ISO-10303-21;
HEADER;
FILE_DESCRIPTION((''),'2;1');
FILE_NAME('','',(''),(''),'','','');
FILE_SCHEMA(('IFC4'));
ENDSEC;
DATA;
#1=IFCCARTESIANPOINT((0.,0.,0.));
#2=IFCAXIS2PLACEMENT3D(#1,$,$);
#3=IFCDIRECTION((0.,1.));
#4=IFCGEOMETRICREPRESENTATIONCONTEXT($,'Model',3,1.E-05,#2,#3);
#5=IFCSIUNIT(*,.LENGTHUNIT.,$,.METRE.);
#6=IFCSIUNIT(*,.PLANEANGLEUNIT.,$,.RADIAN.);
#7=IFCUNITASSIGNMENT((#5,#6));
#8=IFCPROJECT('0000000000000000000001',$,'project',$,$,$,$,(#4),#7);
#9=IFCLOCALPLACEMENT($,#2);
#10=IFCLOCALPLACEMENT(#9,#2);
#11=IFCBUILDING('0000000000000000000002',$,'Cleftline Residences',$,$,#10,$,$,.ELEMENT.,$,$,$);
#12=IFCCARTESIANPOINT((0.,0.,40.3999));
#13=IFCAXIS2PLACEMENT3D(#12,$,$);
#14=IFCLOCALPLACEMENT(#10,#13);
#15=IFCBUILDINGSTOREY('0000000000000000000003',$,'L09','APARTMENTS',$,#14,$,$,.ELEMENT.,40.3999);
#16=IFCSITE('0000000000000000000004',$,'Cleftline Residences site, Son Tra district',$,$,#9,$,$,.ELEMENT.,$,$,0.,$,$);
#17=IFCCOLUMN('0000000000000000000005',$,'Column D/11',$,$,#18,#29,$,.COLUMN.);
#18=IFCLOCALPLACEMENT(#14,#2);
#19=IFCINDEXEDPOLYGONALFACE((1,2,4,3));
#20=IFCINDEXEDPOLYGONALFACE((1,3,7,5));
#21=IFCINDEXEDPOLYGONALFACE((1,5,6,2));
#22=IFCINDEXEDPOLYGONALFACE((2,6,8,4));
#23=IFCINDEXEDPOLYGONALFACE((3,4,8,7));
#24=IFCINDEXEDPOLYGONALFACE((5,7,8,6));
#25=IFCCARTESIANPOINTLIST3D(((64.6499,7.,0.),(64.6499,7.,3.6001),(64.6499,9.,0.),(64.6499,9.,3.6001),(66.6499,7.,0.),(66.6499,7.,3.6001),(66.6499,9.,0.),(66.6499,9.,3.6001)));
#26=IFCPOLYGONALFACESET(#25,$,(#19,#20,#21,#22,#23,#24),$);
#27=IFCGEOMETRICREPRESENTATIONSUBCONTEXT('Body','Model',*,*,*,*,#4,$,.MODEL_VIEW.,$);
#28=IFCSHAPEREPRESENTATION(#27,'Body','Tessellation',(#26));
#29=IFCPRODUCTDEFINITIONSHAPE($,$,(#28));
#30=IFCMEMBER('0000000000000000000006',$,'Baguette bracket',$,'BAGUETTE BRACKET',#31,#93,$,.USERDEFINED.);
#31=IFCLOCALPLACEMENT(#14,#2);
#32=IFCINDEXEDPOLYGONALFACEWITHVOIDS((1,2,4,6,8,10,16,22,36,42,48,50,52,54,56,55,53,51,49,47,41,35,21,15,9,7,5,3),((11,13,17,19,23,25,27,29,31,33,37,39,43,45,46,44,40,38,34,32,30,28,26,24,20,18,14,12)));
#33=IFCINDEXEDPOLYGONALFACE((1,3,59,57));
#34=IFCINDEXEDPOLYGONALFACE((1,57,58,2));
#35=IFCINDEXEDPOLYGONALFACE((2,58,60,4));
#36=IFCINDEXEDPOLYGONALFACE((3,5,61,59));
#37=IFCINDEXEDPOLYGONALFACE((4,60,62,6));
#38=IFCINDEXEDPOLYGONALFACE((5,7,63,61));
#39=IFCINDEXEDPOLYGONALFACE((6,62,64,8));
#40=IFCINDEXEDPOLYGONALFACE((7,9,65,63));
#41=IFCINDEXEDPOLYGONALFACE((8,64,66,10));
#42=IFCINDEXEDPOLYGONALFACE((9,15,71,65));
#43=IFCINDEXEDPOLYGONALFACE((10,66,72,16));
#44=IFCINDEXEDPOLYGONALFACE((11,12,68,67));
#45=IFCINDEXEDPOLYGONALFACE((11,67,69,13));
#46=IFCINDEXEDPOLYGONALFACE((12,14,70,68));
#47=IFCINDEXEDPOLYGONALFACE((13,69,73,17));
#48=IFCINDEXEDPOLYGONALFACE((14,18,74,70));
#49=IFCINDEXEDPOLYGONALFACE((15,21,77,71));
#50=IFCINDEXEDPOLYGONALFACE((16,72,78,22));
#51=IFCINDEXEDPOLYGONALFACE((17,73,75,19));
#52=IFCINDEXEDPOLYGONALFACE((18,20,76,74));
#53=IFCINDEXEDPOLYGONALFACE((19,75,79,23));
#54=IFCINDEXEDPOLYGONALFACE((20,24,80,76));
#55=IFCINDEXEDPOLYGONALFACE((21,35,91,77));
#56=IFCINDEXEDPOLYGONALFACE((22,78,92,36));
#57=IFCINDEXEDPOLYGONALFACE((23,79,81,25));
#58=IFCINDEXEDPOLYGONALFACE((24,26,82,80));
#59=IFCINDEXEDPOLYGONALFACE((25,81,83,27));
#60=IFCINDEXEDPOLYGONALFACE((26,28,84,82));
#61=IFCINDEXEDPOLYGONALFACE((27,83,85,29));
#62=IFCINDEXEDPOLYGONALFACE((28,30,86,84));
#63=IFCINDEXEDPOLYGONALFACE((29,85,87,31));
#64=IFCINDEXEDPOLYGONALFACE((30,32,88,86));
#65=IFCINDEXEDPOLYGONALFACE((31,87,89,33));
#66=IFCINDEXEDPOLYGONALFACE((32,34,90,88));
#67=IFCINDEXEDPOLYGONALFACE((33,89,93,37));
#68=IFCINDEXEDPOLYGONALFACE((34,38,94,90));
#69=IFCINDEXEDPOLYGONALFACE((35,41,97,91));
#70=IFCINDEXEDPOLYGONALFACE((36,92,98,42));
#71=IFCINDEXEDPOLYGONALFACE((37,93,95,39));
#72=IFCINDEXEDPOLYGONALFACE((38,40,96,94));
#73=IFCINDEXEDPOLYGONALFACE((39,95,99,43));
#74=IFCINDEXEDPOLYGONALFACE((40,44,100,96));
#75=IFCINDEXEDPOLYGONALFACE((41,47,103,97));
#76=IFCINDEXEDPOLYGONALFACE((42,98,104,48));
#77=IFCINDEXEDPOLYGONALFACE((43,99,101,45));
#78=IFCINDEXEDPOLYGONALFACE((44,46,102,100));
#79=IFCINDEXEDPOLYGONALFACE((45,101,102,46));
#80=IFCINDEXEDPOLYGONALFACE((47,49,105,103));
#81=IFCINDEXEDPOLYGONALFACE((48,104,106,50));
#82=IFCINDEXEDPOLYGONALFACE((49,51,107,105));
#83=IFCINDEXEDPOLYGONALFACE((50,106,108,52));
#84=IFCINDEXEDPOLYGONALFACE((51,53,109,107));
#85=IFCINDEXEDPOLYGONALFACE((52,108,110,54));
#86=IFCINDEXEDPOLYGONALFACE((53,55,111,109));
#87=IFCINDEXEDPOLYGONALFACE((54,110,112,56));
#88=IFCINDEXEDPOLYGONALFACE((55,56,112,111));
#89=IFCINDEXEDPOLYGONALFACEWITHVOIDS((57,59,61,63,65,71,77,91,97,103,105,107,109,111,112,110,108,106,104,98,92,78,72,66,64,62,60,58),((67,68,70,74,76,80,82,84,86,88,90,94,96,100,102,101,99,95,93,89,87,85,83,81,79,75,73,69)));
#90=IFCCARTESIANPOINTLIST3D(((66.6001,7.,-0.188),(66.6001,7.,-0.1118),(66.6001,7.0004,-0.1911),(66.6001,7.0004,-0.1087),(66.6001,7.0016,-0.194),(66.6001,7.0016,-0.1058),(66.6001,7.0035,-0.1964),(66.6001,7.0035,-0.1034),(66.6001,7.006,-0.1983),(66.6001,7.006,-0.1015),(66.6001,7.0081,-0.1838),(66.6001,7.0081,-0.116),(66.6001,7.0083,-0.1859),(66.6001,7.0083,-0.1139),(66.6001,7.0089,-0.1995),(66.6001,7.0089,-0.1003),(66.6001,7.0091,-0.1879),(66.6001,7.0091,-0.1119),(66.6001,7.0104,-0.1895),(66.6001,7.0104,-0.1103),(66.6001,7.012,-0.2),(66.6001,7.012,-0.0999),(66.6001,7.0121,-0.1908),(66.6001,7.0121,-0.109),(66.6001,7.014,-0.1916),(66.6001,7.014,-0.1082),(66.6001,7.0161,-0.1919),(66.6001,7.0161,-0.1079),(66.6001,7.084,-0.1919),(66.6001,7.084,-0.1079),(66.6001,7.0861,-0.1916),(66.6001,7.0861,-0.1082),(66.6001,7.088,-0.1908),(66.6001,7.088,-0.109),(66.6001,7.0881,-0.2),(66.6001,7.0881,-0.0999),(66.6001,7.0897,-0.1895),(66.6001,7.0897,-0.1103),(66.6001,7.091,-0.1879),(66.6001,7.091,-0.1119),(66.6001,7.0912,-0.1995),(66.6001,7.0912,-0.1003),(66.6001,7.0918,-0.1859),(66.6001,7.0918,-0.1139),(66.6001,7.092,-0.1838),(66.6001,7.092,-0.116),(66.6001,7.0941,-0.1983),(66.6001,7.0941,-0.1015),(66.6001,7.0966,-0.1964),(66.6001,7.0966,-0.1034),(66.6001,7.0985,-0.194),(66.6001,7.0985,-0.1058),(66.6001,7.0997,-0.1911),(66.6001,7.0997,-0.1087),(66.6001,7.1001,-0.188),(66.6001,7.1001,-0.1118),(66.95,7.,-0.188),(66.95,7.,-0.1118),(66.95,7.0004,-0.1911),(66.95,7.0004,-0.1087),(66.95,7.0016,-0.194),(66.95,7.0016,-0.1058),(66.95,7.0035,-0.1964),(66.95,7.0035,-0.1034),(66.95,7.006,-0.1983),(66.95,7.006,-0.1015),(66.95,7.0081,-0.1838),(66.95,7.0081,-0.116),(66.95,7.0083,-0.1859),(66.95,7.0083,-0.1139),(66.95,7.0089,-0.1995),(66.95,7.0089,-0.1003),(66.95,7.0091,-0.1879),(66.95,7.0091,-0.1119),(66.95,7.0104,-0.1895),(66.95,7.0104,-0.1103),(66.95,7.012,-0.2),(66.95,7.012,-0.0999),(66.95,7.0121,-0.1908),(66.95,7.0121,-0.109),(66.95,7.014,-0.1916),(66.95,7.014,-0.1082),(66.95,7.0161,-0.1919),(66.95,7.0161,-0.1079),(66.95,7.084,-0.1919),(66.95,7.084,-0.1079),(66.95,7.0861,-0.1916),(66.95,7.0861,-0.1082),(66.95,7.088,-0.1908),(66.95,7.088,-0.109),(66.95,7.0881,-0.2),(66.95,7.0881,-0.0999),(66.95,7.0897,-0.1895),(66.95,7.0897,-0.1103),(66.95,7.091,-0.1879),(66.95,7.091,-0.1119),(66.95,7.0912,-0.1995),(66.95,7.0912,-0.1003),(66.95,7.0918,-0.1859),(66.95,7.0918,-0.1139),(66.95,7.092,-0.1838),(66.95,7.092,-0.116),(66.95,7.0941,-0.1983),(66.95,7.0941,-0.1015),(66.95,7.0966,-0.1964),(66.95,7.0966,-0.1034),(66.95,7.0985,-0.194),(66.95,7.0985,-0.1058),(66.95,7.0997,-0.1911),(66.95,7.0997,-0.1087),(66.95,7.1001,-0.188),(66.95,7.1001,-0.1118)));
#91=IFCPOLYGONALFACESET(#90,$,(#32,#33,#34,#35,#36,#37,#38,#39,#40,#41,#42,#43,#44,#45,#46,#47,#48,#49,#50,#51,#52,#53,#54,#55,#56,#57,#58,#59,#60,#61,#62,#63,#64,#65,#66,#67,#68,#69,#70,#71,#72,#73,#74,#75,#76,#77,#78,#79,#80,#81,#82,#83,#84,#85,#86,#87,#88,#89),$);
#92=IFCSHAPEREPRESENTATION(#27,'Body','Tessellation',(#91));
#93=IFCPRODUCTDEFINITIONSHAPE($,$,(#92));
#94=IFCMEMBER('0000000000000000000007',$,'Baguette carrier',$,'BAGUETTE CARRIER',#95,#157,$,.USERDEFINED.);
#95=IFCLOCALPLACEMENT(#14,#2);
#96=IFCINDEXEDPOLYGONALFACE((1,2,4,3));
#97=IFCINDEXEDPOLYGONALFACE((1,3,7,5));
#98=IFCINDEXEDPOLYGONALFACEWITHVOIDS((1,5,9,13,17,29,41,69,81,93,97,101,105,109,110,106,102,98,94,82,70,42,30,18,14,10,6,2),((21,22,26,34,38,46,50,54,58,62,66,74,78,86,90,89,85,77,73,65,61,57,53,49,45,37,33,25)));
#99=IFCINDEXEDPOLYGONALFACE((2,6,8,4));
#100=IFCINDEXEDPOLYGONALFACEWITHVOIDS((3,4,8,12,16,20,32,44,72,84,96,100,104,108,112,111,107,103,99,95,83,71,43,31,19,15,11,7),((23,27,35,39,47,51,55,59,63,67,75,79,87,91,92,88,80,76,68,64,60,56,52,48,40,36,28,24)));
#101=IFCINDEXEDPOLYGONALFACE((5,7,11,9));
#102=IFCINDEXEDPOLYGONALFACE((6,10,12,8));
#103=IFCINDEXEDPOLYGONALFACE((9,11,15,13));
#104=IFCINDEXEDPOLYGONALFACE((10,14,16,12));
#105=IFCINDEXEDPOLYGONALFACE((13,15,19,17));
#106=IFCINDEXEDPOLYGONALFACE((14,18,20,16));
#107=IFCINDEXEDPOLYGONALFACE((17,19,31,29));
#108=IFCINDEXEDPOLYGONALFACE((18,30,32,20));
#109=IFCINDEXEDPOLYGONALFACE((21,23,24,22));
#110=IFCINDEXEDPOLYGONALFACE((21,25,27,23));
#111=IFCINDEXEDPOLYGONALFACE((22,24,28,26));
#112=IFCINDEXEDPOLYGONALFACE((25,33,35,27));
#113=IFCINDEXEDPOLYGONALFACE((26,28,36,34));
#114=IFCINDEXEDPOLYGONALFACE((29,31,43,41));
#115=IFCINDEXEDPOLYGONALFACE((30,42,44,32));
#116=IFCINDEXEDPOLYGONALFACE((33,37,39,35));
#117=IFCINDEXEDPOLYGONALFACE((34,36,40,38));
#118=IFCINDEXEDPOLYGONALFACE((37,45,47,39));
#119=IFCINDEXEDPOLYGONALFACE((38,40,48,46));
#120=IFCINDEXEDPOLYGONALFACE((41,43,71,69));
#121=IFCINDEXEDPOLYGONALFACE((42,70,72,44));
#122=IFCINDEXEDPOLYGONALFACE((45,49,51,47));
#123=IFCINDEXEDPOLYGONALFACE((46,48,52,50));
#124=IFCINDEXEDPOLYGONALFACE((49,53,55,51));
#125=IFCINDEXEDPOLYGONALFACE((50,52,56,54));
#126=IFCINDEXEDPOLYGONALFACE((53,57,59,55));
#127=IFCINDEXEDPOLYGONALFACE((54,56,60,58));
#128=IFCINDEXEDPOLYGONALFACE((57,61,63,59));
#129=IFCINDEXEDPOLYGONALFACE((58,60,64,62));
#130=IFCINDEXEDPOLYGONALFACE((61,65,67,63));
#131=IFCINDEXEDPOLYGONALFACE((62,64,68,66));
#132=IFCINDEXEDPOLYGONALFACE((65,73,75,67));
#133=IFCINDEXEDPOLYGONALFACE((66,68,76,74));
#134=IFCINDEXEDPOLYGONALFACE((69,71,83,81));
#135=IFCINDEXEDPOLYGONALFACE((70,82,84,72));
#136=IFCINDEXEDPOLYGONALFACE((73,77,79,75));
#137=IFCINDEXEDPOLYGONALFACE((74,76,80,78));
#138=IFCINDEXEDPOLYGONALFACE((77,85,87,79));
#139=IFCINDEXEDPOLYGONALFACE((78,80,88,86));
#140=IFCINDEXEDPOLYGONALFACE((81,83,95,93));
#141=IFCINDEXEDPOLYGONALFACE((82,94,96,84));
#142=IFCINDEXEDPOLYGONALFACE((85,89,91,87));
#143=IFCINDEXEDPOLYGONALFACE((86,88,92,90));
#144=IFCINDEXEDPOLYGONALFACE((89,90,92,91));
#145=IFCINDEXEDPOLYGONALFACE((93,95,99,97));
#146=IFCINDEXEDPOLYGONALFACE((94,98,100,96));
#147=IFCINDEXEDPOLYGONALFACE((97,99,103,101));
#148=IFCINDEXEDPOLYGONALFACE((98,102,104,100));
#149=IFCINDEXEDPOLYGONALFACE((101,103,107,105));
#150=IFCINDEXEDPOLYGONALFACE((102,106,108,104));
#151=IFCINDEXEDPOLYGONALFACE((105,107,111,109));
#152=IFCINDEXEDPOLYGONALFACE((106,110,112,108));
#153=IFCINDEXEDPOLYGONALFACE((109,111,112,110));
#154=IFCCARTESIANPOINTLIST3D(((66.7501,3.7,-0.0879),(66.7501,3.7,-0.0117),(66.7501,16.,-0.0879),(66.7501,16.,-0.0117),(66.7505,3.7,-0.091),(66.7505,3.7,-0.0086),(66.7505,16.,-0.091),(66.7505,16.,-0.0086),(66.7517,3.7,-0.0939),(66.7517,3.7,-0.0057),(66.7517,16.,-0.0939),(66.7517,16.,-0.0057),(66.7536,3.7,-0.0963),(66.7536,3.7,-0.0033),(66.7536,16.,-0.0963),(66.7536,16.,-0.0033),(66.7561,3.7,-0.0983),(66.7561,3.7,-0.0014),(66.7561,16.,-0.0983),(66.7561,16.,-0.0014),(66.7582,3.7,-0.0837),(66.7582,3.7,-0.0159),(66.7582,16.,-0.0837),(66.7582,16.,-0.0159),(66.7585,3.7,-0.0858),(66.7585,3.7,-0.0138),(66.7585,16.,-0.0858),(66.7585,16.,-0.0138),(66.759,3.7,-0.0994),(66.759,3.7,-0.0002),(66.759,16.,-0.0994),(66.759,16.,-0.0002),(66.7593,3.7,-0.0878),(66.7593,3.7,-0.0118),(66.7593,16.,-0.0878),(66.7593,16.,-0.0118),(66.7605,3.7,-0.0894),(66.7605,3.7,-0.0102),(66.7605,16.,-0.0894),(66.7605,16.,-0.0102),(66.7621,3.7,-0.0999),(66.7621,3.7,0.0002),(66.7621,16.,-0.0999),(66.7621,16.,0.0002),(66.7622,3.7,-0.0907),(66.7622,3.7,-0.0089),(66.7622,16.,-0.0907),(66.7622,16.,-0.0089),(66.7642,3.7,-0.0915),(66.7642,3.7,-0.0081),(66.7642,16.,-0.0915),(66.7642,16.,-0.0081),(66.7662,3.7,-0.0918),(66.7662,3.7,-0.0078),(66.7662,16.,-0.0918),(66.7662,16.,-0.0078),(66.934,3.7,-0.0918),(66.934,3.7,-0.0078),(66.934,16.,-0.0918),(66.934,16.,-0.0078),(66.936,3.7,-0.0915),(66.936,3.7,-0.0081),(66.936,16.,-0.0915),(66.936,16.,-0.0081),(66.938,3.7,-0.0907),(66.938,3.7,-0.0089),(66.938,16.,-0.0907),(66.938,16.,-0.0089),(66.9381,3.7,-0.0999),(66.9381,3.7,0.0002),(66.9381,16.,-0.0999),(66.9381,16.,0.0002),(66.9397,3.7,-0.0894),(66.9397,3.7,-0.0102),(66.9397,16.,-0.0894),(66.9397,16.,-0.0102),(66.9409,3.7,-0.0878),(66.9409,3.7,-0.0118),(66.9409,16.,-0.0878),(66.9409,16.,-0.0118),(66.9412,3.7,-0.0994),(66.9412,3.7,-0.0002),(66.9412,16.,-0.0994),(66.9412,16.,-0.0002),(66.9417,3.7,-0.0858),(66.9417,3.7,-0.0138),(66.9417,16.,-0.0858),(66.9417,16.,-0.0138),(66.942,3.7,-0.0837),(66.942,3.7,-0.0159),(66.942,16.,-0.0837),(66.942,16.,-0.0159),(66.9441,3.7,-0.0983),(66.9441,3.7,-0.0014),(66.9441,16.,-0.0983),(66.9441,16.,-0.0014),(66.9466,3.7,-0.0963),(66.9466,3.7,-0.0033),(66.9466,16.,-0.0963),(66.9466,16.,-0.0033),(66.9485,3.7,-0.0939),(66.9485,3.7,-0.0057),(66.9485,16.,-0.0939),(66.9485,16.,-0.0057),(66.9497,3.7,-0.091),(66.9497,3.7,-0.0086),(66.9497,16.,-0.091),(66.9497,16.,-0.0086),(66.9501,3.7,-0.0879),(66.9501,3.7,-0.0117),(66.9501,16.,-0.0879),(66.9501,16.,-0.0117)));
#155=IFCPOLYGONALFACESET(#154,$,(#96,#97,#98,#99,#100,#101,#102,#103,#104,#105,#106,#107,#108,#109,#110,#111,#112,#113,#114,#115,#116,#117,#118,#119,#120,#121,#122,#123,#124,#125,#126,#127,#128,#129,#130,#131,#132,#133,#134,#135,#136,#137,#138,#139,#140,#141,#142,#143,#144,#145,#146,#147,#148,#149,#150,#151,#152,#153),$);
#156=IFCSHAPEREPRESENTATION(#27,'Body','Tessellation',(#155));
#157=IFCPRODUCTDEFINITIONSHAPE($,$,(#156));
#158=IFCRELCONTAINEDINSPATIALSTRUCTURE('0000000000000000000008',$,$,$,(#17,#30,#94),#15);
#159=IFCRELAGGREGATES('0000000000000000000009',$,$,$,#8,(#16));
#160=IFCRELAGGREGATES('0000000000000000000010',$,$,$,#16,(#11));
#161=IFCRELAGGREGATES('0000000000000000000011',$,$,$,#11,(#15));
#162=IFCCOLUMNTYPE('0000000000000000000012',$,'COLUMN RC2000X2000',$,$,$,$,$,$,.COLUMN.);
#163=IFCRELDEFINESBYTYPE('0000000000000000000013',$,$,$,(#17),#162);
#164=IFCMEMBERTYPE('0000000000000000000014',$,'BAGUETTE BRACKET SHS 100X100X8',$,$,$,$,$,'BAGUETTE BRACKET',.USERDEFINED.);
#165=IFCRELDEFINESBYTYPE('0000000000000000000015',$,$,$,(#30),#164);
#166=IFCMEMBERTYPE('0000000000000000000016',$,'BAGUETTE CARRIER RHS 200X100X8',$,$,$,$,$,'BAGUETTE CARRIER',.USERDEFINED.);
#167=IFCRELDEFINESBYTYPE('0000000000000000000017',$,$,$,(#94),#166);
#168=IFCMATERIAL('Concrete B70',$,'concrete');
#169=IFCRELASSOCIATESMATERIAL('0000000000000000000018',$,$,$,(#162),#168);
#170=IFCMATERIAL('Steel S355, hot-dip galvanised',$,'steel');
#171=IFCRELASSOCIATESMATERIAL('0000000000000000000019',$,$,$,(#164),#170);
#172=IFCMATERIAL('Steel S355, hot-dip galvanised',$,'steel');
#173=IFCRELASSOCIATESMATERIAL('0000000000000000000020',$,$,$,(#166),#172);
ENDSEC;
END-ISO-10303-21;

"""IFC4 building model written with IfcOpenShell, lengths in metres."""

from ifc_helpers import new_model, si_unit, direction, frame, origin, origin_2d, place, context, subcontext, project, spatial, rectangle, hollow_rectangle, extrude, material, material_profile, profile_set, type_object, element, save


model = new_model("IFC4")

# Units and contexts
model_context = context("Model", 3, precision=1e-05, world=origin(), true_north=direction((0.0, 1.0)))
body_context = subcontext(model_context, "Body", "Model", "MODEL_VIEW")
ifc_project = project(units=[si_unit("LENGTHUNIT", "METRE"), si_unit("PLANEANGLEUNIT", "RADIAN")], contexts=[model_context])

# Site, building, storey
site_placement = place(None, origin())
site = spatial("IfcSite", under=ifc_project, at=site_placement, Name="Cleftline Residences site, Son Tra district", CompositionType="ELEMENT", RefElevation=0.0)
building_placement = place(site_placement, origin())
building = spatial("IfcBuilding", under=site, at=building_placement, Name="Cleftline Residences", CompositionType="ELEMENT")
storey_placement = place(building_placement, frame((0.0, 0.0, 40.3999)))
storey = spatial("IfcBuildingStorey", under=building, at=storey_placement, Name="L09", Description="APARTMENTS", CompositionType="ELEMENT", Elevation=40.3999)

# Column
ifc_material_1 = material(Name="Concrete B70", Category="concrete")
ifc_material_profile_1 = material_profile(ifc_material_1, rectangle(XDim=2.0, YDim=2.0, at=origin_2d()))
ifc_profile_set_1 = profile_set([ifc_material_profile_1], Name="Concrete B70")
column_type = type_object("IfcColumnType", Name="COLUMN RC2000X2000", PredefinedType="COLUMN", material=ifc_profile_set_1)
column_placement = place(storey_placement, frame((65.6499, 8.0, 0.0), z_axis=(0.0, 0.0, 1.0), x_axis=(1.0, 0.0, 0.0)))
element("IfcColumn", 1, at=column_placement, inside=storey, type_object=column_type, Name="Column D/11", PredefinedType="COLUMN", context=body_context, shape_type="SweptSolid", body=[
    extrude(rectangle(XDim=2.0, YDim=2.0, at=origin_2d()), origin(), (0.0, 0.0, 1.0), 3.6001),
])

# Members
ifc_material_2 = material(Name="Steel S355, hot-dip galvanised", Category="steel")
ifc_material_profile_2 = material_profile(ifc_material_2, hollow_rectangle(XDim=0.1001, YDim=0.1001, WallThickness=0.0081, InnerFilletRadius=0.0081, OuterFilletRadius=0.012, at=origin_2d()))
ifc_profile_set_2 = profile_set([ifc_material_profile_2], Name="Steel S355, hot-dip galvanised")
member_type_1 = type_object("IfcMemberType", Name="BAGUETTE BRACKET SHS 100X100X8", ElementType="BAGUETTE BRACKET", PredefinedType="USERDEFINED", material=ifc_profile_set_2)
member_1_placement = place(storey_placement, frame((66.6001, 7.05, -0.1499), z_axis=(1.0, 0.0, 0.0), x_axis=(0.0, 1.0, 0.0)))
element("IfcMember", 2, at=member_1_placement, inside=storey, type_object=member_type_1, Name="Baguette bracket", ObjectType="BAGUETTE BRACKET", PredefinedType="USERDEFINED", context=body_context, shape_type="SweptSolid", body=[
    extrude(hollow_rectangle(XDim=0.1001, YDim=0.1001, WallThickness=0.0081, InnerFilletRadius=0.0081, OuterFilletRadius=0.012, at=origin_2d()), origin(), (0.0, 0.0, 1.0), 0.3499),
])
ifc_material_3 = material(Name="Steel S355, hot-dip galvanised", Category="steel")
ifc_material_profile_3 = material_profile(ifc_material_3, hollow_rectangle(XDim=0.1001, YDim=0.2, WallThickness=0.0081, InnerFilletRadius=0.0081, OuterFilletRadius=0.012, at=origin_2d()))
ifc_profile_set_3 = profile_set([ifc_material_profile_3], Name="Steel S355, hot-dip galvanised")
member_type_2 = type_object("IfcMemberType", Name="BAGUETTE CARRIER RHS 200X100X8", ElementType="BAGUETTE CARRIER", PredefinedType="USERDEFINED", material=ifc_profile_set_3)
member_2_placement = place(storey_placement, frame((66.8501, 3.7, -0.0498), z_axis=(0.0, 1.0, 0.0), x_axis=(0.0, 0.0, 1.0)))
element("IfcMember", 3, at=member_2_placement, inside=storey, type_object=member_type_2, Name="Baguette carrier", ObjectType="BAGUETTE CARRIER", PredefinedType="USERDEFINED", context=body_context, shape_type="SweptSolid", body=[
    extrude(hollow_rectangle(XDim=0.1001, YDim=0.2, WallThickness=0.0081, InnerFilletRadius=0.0081, OuterFilletRadius=0.012, at=origin_2d()), origin(), (0.0, 0.0, 1.0), 12.3),
])

save(model, "model.ifc")
